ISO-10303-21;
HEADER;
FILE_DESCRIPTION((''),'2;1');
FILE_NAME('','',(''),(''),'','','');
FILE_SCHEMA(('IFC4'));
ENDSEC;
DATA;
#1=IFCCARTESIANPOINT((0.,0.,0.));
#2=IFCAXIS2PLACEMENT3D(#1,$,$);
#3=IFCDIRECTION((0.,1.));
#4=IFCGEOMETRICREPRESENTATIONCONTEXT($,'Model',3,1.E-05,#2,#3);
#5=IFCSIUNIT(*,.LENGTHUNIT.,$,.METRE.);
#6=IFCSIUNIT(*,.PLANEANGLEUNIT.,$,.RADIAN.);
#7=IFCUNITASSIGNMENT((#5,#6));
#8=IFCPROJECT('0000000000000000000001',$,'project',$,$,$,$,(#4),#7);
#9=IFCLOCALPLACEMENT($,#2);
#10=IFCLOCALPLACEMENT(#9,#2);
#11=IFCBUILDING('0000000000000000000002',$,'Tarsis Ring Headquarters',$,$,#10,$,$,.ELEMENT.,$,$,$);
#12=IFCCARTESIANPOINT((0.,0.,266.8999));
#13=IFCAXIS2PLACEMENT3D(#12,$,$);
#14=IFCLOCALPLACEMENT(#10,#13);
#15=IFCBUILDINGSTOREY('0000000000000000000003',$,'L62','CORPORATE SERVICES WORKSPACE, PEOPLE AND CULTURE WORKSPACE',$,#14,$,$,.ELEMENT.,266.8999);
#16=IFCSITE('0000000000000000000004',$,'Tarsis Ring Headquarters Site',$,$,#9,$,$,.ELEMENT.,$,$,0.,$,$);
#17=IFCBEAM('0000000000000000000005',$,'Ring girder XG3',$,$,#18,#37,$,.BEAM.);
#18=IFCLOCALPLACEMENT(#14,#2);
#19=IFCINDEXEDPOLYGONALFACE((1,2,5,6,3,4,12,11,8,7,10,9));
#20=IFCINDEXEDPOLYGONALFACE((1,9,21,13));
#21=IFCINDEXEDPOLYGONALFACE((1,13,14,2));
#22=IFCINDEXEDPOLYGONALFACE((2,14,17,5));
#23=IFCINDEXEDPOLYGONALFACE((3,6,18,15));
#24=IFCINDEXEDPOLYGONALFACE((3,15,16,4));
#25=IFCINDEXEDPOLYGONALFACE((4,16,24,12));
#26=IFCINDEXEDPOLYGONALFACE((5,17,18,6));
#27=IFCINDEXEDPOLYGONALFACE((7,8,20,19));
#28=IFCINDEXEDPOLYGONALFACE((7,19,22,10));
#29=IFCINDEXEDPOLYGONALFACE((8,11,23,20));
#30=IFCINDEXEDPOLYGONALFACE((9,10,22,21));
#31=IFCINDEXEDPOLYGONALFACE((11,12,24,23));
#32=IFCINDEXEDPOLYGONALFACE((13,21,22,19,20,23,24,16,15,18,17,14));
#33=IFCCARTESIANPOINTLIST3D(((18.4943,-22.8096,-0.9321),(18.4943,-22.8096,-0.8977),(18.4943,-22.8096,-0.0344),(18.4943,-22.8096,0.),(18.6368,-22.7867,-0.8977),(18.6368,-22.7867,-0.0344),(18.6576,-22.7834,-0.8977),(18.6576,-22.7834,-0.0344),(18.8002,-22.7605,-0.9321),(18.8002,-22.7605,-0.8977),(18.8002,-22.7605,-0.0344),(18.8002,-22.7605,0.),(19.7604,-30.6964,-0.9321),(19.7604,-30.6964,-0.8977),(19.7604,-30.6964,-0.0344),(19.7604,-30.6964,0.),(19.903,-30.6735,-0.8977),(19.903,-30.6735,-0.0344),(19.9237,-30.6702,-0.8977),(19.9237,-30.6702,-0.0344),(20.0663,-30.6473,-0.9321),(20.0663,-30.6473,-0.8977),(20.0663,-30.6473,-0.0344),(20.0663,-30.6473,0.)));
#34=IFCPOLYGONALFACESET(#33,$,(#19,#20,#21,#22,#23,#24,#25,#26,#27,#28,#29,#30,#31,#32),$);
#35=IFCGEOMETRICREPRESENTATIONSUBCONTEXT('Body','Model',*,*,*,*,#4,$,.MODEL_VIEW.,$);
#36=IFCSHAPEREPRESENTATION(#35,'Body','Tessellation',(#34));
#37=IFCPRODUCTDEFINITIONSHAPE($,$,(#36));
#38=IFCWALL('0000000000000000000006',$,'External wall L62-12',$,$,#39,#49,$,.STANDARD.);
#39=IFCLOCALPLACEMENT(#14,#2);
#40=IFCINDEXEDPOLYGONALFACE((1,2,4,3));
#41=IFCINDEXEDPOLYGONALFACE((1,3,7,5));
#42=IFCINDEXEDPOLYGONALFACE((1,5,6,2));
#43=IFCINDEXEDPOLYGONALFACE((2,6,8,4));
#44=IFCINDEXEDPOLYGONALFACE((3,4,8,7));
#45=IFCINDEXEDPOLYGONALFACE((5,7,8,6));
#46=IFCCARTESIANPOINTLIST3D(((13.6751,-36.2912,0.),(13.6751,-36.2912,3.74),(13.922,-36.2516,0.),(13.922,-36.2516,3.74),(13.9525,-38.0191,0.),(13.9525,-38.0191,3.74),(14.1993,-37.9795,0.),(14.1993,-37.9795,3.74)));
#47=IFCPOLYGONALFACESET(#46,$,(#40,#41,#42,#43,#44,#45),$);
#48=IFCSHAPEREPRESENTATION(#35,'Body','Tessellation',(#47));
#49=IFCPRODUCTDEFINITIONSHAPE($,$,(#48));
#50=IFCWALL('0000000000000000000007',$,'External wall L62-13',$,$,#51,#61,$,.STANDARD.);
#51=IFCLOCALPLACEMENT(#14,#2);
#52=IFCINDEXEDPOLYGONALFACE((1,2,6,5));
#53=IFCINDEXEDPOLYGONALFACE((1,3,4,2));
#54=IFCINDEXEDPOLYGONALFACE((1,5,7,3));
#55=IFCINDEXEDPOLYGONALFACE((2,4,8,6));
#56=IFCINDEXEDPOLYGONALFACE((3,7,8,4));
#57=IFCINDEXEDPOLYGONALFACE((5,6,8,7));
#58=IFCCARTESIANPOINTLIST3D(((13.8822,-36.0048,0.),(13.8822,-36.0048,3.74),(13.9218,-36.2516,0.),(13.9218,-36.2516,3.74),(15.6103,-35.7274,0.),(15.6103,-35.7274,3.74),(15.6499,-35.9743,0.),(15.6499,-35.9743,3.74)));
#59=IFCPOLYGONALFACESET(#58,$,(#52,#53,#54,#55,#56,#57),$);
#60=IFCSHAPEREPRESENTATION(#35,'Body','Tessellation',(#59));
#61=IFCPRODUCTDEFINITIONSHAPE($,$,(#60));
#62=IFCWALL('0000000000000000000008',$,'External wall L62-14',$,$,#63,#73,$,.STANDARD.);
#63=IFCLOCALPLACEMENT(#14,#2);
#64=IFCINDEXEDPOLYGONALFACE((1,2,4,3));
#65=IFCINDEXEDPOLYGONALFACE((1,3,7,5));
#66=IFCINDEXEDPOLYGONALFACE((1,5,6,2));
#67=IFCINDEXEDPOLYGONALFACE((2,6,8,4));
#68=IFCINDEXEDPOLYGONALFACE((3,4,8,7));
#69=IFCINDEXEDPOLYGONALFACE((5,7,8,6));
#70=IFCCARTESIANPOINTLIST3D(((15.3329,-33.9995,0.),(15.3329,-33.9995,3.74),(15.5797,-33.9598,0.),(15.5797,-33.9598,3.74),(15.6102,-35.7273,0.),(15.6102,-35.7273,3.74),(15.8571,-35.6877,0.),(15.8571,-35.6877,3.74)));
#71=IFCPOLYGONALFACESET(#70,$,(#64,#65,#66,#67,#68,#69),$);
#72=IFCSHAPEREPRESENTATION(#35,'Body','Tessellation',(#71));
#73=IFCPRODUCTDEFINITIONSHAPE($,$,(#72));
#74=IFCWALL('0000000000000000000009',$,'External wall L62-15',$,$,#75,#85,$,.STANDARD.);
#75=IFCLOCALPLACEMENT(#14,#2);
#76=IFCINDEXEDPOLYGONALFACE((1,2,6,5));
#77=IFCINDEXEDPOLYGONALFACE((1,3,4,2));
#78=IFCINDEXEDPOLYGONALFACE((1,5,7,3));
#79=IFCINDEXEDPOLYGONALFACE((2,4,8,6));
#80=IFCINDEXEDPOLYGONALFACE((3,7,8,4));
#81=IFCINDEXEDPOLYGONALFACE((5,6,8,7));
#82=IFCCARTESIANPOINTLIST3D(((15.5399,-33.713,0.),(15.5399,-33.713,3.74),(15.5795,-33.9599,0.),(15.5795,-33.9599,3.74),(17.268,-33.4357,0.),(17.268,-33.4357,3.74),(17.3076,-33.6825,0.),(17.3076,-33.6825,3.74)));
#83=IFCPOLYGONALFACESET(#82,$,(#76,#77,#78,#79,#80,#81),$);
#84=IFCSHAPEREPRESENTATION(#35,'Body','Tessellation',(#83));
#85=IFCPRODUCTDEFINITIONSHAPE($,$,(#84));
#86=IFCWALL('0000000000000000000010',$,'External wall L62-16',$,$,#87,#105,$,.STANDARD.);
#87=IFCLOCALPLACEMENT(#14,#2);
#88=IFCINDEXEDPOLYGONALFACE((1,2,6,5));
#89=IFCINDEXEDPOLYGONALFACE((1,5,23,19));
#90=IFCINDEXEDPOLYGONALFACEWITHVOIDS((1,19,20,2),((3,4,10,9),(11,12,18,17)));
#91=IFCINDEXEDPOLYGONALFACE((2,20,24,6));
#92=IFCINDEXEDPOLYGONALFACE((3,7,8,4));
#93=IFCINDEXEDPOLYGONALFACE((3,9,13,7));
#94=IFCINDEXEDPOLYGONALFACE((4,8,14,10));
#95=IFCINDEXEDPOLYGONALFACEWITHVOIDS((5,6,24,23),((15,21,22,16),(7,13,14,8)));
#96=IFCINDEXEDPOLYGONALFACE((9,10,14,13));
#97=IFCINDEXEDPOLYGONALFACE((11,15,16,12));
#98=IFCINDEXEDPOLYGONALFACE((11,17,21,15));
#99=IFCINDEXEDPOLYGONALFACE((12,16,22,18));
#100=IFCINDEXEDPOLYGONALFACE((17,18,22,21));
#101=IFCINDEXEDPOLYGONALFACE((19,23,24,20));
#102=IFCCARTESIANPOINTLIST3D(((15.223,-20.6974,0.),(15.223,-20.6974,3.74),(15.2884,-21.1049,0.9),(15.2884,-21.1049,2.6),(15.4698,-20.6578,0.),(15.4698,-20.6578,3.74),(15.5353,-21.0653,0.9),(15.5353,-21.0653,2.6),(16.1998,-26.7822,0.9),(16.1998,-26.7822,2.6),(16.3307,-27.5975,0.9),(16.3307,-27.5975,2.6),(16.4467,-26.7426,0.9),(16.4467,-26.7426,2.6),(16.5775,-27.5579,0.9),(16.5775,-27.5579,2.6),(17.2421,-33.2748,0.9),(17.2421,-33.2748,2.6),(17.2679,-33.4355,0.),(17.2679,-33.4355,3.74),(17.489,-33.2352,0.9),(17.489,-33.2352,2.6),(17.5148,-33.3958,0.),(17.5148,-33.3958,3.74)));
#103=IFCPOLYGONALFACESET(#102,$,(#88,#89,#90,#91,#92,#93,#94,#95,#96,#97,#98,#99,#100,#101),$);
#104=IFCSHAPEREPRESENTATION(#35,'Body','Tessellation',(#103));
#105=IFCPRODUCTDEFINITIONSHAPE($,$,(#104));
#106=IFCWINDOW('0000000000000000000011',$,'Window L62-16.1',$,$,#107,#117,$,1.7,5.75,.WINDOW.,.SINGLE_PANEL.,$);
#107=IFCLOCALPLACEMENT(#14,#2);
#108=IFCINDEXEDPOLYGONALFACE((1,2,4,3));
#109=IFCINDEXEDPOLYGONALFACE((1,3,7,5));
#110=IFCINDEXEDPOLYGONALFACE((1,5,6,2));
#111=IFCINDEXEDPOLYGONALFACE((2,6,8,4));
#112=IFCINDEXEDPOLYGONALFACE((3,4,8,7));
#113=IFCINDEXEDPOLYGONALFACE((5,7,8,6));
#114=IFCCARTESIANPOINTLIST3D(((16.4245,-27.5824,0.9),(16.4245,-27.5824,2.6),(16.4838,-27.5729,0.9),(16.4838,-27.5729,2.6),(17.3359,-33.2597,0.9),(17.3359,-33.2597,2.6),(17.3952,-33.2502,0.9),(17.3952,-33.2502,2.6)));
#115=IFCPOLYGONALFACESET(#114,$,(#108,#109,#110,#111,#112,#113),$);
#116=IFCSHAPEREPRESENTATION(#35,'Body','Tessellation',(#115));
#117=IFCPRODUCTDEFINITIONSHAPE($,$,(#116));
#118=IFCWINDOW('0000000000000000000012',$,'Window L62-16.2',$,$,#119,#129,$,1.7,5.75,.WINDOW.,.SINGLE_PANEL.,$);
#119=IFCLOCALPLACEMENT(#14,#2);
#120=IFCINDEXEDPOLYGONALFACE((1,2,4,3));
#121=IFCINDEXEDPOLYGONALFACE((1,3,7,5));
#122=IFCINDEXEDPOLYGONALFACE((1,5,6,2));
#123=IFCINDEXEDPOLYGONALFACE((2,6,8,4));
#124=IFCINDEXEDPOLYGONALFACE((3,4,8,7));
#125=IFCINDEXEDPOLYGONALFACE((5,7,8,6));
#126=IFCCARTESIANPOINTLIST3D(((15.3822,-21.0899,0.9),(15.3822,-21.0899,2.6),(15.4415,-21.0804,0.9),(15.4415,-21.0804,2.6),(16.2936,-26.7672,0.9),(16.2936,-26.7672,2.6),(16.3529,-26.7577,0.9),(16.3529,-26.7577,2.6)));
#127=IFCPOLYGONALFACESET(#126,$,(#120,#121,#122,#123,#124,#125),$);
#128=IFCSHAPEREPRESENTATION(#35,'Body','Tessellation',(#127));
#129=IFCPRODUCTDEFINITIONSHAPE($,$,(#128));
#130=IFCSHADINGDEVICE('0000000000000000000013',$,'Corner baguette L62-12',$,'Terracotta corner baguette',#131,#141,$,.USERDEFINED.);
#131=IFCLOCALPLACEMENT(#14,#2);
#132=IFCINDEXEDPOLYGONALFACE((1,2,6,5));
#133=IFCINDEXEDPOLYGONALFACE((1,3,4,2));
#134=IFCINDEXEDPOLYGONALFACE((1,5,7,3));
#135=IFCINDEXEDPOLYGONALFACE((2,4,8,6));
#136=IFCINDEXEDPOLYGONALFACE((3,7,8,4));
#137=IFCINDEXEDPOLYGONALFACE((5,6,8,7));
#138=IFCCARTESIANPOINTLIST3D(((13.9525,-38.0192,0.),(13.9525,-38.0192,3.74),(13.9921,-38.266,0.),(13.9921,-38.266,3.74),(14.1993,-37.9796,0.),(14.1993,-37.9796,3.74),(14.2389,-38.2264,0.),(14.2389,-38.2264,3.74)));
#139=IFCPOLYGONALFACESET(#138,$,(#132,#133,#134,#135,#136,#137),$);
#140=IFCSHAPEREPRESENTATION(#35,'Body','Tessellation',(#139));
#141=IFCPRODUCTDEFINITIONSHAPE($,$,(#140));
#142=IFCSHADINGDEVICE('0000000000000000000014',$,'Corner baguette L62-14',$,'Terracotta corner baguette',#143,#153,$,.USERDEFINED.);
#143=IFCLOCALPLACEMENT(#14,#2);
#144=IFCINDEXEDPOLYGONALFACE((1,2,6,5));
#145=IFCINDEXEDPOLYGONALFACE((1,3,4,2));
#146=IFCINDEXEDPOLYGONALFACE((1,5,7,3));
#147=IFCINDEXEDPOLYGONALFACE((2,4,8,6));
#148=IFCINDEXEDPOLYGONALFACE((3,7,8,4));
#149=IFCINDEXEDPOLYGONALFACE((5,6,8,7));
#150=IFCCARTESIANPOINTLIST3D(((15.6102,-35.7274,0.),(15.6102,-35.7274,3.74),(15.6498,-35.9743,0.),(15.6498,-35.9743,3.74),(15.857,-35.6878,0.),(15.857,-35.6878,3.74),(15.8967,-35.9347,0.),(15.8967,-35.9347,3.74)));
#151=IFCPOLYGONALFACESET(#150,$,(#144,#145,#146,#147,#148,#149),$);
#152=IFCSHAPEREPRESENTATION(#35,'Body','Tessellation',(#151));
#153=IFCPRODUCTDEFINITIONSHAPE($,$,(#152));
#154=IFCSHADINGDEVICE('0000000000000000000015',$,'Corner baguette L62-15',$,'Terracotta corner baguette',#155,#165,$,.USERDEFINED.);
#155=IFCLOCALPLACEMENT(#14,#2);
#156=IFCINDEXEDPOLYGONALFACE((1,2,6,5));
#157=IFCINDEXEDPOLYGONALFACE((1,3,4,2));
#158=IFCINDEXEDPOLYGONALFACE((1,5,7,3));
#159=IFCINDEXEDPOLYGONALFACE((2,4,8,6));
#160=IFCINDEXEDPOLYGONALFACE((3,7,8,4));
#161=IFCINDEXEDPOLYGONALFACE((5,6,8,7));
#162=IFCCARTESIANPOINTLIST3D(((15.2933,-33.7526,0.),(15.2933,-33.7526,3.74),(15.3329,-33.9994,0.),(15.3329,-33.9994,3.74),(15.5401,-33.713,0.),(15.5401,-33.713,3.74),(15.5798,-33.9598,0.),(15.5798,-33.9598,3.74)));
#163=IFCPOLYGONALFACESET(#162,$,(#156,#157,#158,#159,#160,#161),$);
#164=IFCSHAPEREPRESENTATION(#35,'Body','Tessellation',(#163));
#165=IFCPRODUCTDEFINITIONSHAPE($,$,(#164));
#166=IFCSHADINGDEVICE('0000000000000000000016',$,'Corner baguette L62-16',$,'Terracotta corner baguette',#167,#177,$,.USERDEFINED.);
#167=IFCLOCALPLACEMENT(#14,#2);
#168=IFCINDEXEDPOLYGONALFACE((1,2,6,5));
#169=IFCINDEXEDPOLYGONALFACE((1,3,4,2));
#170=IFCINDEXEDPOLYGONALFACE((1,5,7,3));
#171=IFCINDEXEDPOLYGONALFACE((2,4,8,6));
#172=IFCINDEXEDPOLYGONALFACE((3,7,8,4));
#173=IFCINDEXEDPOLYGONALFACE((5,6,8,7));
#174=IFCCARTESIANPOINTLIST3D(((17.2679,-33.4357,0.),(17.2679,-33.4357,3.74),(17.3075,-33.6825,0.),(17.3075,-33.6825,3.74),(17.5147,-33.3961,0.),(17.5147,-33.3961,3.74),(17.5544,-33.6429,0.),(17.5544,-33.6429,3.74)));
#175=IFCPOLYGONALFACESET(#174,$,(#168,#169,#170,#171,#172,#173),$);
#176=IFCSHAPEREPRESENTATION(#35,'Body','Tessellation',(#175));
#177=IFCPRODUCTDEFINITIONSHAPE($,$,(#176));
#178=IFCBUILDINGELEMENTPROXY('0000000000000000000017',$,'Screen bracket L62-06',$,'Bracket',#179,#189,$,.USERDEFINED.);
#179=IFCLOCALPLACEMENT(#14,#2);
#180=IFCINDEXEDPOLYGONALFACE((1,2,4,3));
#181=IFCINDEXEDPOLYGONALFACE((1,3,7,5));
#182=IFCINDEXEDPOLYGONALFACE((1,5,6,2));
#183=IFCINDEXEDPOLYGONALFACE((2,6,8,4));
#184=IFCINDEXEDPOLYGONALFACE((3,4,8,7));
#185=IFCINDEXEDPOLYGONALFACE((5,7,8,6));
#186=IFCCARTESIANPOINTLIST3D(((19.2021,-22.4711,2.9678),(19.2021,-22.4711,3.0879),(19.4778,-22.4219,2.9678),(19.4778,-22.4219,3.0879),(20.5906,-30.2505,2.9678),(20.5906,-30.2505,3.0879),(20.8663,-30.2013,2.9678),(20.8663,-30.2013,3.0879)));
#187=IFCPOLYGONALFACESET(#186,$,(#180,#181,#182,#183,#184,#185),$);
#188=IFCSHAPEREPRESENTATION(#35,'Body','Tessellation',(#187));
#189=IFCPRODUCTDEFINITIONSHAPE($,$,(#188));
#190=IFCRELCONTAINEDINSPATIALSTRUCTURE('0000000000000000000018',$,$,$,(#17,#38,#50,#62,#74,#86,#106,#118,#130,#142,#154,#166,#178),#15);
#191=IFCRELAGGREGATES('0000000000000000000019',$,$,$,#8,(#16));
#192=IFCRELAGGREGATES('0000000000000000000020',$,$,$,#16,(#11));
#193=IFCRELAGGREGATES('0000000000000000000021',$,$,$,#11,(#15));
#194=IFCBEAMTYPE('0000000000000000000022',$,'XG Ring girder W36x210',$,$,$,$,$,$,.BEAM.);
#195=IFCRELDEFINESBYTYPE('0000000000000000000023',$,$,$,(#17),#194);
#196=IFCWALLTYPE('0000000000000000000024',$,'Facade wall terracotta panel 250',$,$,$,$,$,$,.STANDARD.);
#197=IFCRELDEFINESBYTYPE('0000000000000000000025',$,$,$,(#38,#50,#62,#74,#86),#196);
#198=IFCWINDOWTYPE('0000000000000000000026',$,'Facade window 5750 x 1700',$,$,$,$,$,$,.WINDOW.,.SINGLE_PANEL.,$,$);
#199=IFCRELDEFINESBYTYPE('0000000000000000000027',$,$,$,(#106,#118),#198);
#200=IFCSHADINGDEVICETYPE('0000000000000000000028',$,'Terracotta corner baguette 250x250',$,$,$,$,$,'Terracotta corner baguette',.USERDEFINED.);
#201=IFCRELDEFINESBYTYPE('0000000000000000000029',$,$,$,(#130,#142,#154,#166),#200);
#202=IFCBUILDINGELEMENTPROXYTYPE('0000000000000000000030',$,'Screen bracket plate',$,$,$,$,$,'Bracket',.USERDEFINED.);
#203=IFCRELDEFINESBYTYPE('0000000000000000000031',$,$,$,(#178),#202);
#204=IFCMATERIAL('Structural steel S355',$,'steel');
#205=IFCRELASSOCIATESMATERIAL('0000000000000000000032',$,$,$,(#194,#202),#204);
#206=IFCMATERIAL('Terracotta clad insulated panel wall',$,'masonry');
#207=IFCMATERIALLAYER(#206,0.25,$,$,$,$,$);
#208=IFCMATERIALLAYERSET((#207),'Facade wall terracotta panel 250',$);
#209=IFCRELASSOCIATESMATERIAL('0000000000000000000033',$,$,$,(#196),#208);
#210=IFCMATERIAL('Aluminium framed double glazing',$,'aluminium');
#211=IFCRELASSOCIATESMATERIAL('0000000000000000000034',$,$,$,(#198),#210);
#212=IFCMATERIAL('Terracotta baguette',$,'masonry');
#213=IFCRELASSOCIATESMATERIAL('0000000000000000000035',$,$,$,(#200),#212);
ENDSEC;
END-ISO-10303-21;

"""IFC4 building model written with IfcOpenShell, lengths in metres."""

from ifc_helpers import new_model, si_unit, direction, frame, frame_2d, origin, origin_2d, place, context, subcontext, project, spatial, rectangle, i_section, extrude, material, layer, layer_set, material_profile, profile_set, type_object, element, fill, save


model = new_model("IFC4")

# Units and contexts
model_context = context("Model", 3, precision=1e-05, world=origin(), true_north=direction((0.0, 1.0)))
body_context = subcontext(model_context, "Body", "Model", "MODEL_VIEW")
ifc_project = project(units=[si_unit("LENGTHUNIT", "METRE"), si_unit("PLANEANGLEUNIT", "RADIAN")], contexts=[model_context])

# Site, building, storey
site_placement = place(None, origin())
site = spatial("IfcSite", under=ifc_project, at=site_placement, Name="Tarsis Ring Headquarters Site", CompositionType="ELEMENT", RefElevation=0.0)
building_placement = place(site_placement, origin())
building = spatial("IfcBuilding", under=site, at=building_placement, Name="Tarsis Ring Headquarters", CompositionType="ELEMENT")
storey_placement = place(building_placement, frame((0.0, 0.0, 266.8999)))
storey = spatial("IfcBuildingStorey", under=building, at=storey_placement, Name="L62", Description="CORPORATE SERVICES WORKSPACE, PEOPLE AND CULTURE WORKSPACE", CompositionType="ELEMENT", Elevation=266.8999)

# Shared definitions
ifc_material_1 = material(Name="Structural steel S355", Category="steel")

# Beam
ifc_material_profile_1 = material_profile(ifc_material_1, i_section(OverallWidth=0.3098, OverallDepth=0.9321, WebThickness=0.021, FlangeThickness=0.0344, at=origin_2d()), Name="W36x210")
ifc_profile_set_1 = profile_set([ifc_material_profile_1], Name="Structural steel S355")
beam_type = type_object("IfcBeamType", Name="XG Ring girder W36x210", PredefinedType="BEAM", material=ifc_profile_set_1)
beam_1_placement = place(storey_placement, frame((19.9133, -30.6719, -0.4661), z_axis=(-0.158508, 0.987358, 0.0), x_axis=(-0.987358, -0.158508, 0.0)))
element("IfcBeam", 1, at=beam_1_placement, inside=storey, type_object=beam_type, Name="Ring girder XG3", PredefinedType="BEAM", context=body_context, shape_type="SweptSolid", body=[
    extrude(i_section(OverallWidth=0.3098, OverallDepth=0.9321, WebThickness=0.021, FlangeThickness=0.0344, at=origin_2d()), origin(), (0.0, 0.0, 1.0), 7.9878),
])

# Walls
ifc_material_2 = material(Name="Terracotta clad insulated panel wall", Category="masonry")
ifc_layer = layer(ifc_material_2, 0.25)
ifc_layer_set = layer_set([ifc_layer], Name="Facade wall terracotta panel 250")
wall_type = type_object("IfcWallType", Name="Facade wall terracotta panel 250", PredefinedType="STANDARD", material=ifc_layer_set)
wall_1_placement = place(storey_placement, frame((14.0759, -37.9993, 0.0), z_axis=(0.0, 0.0, 1.0), x_axis=(-0.158491, 0.98736, 0.0)))
element("IfcWall", 2, at=wall_1_placement, inside=storey, type_object=wall_type, Name="External wall L62-12", PredefinedType="STANDARD", context=body_context, shape_type="SweptSolid", body=[
    extrude(rectangle(XDim=1.75, YDim=0.25, at=frame_2d((0.875, 0.0))), origin(), (0.0, 0.0, 1.0), 3.74),
])
wall_2_placement = place(storey_placement, frame((13.9021, -36.1282, 0.0), z_axis=(0.0, 0.0, 1.0), x_axis=(0.987364, 0.158469, 0.0)))
element("IfcWall", 3, at=wall_2_placement, inside=storey, type_object=wall_type, Name="External wall L62-13", PredefinedType="STANDARD", context=body_context, shape_type="SweptSolid", body=[
    extrude(rectangle(XDim=1.7502, YDim=0.25, at=frame_2d((0.875, 0.0))), origin(), (0.0, 0.0, 1.0), 3.74),
])
wall_3_placement = place(storey_placement, frame((15.7336, -35.7075, 0.0), z_axis=(0.0, 0.0, 1.0), x_axis=(-0.158491, 0.98736, 0.0)))
element("IfcWall", 4, at=wall_3_placement, inside=storey, type_object=wall_type, Name="External wall L62-14", PredefinedType="STANDARD", context=body_context, shape_type="SweptSolid", body=[
    extrude(rectangle(XDim=1.75, YDim=0.25, at=frame_2d((0.875, 0.0))), origin(), (0.0, 0.0, 1.0), 3.74),
])
wall_4_placement = place(storey_placement, frame((15.5598, -33.8364, 0.0), z_axis=(0.0, 0.0, 1.0), x_axis=(0.987364, 0.158469, 0.0)))
element("IfcWall", 5, at=wall_4_placement, inside=storey, type_object=wall_type, Name="External wall L62-15", PredefinedType="STANDARD", context=body_context, shape_type="SweptSolid", body=[
    extrude(rectangle(XDim=1.7502, YDim=0.25, at=frame_2d((0.875, 0.0))), origin(), (0.0, 0.0, 1.0), 3.74),
])

# Wall, openings, windows
wall_5_placement = place(storey_placement, frame((17.3914, -33.4158, 0.0), z_axis=(0.0, 0.0, 1.0), x_axis=(-0.158507, 0.987358, 0.0)))
wall_5 = element("IfcWall", 6, at=wall_5_placement, inside=storey, type_object=wall_type, Name="External wall L62-16", PredefinedType="STANDARD", context=body_context, shape_type="SweptSolid", body=[
    extrude(rectangle(XDim=12.9011, YDim=0.25, at=frame_2d((6.4507, 0.0))), origin(), (0.0, 0.0, 1.0), 3.74),
])
opening_1_placement = place(wall_5_placement, frame((0.1628, 0.0, 0.8999)))
opening_1 = element("IfcOpeningElement", 7, at=opening_1_placement, cuts=wall_5, PredefinedType="OPENING", context=body_context, shape_type="SweptSolid", body=[
    extrude(rectangle(XDim=5.75, YDim=1.7, at=frame_2d((2.875, 0.8501))), frame((0.0, 0.135, 0.0), z_axis=(0.0, -1.0, 0.0), x_axis=(1.0, 0.0, 0.0)), (0.0, 0.0, 1.0), 0.27),
])
opening_2_placement = place(wall_5_placement, frame((6.7385, 0.0, 0.8999)))
opening_2 = element("IfcOpeningElement", 8, at=opening_2_placement, cuts=wall_5, PredefinedType="OPENING", context=body_context, shape_type="SweptSolid", body=[
    extrude(rectangle(XDim=5.75, YDim=1.7, at=frame_2d((2.875, 0.8501))), frame((0.0, 0.135, 0.0), z_axis=(0.0, -1.0, 0.0), x_axis=(1.0, 0.0, 0.0)), (0.0, 0.0, 1.0), 0.27),
])
ifc_material_3 = material(Name="Aluminium framed double glazing", Category="aluminium")
window_type = type_object("IfcWindowType", Name="Facade window 5750 x 1700", PartitioningType="SINGLE_PANEL", PredefinedType="WINDOW", material=ifc_material_3)
window_1_placement = place(opening_1_placement, origin())
window_1 = element("IfcWindow", 9, at=window_1_placement, inside=storey, type_object=window_type, Name="Window L62-16.1", OverallHeight=1.7, OverallWidth=5.75, PartitioningType="SINGLE_PANEL", PredefinedType="WINDOW", context=body_context, shape_type="SweptSolid", body=[
    extrude(rectangle(XDim=5.75, YDim=1.7, at=frame_2d((2.875, 0.8501))), frame((0.0, 0.03, 0.0), z_axis=(0.0, -1.0, 0.0), x_axis=(1.0, 0.0, 0.0)), (0.0, 0.0, 1.0), 0.0601),
])
fill(opening_1, window_1)
window_2_placement = place(opening_2_placement, origin())
window_2 = element("IfcWindow", 10, at=window_2_placement, inside=storey, type_object=window_type, Name="Window L62-16.2", OverallHeight=1.7, OverallWidth=5.75, PartitioningType="SINGLE_PANEL", PredefinedType="WINDOW", context=body_context, shape_type="SweptSolid", body=[
    extrude(rectangle(XDim=5.75, YDim=1.7, at=frame_2d((2.875, 0.8501))), frame((0.0, 0.03, 0.0), z_axis=(0.0, -1.0, 0.0), x_axis=(1.0, 0.0, 0.0)), (0.0, 0.0, 1.0), 0.0601),
])
fill(opening_2, window_2)

# Shading devices
ifc_material_4 = material(Name="Terracotta baguette", Category="masonry")
shading_device_type_1 = type_object("IfcShadingDeviceType", Name="Terracotta corner baguette 250x250", ElementType="Terracotta corner baguette", PredefinedType="USERDEFINED", material=ifc_material_4)
for number, where, z_axis, x_axis, name in (
    (11, (14.0957, -38.1228, 0.0), (0.0, 0.0, 1.0), (0.987359, 0.158503, 0.0), "Corner baguette L62-12"),
    (12, (15.7534, -35.8311, 0.0), (0.0, 0.0, 1.0), (0.987359, 0.158503, 0.0), "Corner baguette L62-14"),
    (13, (15.4365, -33.8562, 0.0), (0.0, 0.0, 1.0), (-0.158503, 0.987358, 0.0), "Corner baguette L62-15"),
    (14, (17.4111, -33.5393, 0.0), (0.0, 0.0, 1.0), (0.987359, 0.158502, 0.0), "Corner baguette L62-16"),
):
    element("IfcShadingDevice", number, at=place(storey_placement, frame(where, z_axis=z_axis, x_axis=x_axis)), inside=storey, type_object=shading_device_type_1, Name=name, ObjectType="Terracotta corner baguette", PredefinedType="USERDEFINED", context=body_context, shape_type="SweptSolid", body=[
        extrude(rectangle(XDim=0.25, YDim=0.25, at=origin_2d()), origin(), (0.0, 0.0, 1.0), 3.74),
    ])

# Building element proxy
building_element_proxy_type = type_object("IfcBuildingElementProxyType", Name="Screen bracket plate", ElementType="Bracket", PredefinedType="USERDEFINED", material=ifc_material_1)
proxy_placement = place(storey_placement, frame((20.0342, -26.3362, 2.9678), z_axis=(0.0, 0.0, 1.0), x_axis=(-0.17571, 0.984442, 0.0)))
element("IfcBuildingElementProxy", 15, at=proxy_placement, inside=storey, type_object=building_element_proxy_type, Name="Screen bracket L62-06", ObjectType="Bracket", PredefinedType="USERDEFINED", context=body_context, shape_type="SweptSolid", body=[
    extrude(rectangle(XDim=7.9023, YDim=0.28, at=origin_2d()), origin(), (0.0, 0.0, 1.0), 0.1201),
])

save(model, "model.ifc")
